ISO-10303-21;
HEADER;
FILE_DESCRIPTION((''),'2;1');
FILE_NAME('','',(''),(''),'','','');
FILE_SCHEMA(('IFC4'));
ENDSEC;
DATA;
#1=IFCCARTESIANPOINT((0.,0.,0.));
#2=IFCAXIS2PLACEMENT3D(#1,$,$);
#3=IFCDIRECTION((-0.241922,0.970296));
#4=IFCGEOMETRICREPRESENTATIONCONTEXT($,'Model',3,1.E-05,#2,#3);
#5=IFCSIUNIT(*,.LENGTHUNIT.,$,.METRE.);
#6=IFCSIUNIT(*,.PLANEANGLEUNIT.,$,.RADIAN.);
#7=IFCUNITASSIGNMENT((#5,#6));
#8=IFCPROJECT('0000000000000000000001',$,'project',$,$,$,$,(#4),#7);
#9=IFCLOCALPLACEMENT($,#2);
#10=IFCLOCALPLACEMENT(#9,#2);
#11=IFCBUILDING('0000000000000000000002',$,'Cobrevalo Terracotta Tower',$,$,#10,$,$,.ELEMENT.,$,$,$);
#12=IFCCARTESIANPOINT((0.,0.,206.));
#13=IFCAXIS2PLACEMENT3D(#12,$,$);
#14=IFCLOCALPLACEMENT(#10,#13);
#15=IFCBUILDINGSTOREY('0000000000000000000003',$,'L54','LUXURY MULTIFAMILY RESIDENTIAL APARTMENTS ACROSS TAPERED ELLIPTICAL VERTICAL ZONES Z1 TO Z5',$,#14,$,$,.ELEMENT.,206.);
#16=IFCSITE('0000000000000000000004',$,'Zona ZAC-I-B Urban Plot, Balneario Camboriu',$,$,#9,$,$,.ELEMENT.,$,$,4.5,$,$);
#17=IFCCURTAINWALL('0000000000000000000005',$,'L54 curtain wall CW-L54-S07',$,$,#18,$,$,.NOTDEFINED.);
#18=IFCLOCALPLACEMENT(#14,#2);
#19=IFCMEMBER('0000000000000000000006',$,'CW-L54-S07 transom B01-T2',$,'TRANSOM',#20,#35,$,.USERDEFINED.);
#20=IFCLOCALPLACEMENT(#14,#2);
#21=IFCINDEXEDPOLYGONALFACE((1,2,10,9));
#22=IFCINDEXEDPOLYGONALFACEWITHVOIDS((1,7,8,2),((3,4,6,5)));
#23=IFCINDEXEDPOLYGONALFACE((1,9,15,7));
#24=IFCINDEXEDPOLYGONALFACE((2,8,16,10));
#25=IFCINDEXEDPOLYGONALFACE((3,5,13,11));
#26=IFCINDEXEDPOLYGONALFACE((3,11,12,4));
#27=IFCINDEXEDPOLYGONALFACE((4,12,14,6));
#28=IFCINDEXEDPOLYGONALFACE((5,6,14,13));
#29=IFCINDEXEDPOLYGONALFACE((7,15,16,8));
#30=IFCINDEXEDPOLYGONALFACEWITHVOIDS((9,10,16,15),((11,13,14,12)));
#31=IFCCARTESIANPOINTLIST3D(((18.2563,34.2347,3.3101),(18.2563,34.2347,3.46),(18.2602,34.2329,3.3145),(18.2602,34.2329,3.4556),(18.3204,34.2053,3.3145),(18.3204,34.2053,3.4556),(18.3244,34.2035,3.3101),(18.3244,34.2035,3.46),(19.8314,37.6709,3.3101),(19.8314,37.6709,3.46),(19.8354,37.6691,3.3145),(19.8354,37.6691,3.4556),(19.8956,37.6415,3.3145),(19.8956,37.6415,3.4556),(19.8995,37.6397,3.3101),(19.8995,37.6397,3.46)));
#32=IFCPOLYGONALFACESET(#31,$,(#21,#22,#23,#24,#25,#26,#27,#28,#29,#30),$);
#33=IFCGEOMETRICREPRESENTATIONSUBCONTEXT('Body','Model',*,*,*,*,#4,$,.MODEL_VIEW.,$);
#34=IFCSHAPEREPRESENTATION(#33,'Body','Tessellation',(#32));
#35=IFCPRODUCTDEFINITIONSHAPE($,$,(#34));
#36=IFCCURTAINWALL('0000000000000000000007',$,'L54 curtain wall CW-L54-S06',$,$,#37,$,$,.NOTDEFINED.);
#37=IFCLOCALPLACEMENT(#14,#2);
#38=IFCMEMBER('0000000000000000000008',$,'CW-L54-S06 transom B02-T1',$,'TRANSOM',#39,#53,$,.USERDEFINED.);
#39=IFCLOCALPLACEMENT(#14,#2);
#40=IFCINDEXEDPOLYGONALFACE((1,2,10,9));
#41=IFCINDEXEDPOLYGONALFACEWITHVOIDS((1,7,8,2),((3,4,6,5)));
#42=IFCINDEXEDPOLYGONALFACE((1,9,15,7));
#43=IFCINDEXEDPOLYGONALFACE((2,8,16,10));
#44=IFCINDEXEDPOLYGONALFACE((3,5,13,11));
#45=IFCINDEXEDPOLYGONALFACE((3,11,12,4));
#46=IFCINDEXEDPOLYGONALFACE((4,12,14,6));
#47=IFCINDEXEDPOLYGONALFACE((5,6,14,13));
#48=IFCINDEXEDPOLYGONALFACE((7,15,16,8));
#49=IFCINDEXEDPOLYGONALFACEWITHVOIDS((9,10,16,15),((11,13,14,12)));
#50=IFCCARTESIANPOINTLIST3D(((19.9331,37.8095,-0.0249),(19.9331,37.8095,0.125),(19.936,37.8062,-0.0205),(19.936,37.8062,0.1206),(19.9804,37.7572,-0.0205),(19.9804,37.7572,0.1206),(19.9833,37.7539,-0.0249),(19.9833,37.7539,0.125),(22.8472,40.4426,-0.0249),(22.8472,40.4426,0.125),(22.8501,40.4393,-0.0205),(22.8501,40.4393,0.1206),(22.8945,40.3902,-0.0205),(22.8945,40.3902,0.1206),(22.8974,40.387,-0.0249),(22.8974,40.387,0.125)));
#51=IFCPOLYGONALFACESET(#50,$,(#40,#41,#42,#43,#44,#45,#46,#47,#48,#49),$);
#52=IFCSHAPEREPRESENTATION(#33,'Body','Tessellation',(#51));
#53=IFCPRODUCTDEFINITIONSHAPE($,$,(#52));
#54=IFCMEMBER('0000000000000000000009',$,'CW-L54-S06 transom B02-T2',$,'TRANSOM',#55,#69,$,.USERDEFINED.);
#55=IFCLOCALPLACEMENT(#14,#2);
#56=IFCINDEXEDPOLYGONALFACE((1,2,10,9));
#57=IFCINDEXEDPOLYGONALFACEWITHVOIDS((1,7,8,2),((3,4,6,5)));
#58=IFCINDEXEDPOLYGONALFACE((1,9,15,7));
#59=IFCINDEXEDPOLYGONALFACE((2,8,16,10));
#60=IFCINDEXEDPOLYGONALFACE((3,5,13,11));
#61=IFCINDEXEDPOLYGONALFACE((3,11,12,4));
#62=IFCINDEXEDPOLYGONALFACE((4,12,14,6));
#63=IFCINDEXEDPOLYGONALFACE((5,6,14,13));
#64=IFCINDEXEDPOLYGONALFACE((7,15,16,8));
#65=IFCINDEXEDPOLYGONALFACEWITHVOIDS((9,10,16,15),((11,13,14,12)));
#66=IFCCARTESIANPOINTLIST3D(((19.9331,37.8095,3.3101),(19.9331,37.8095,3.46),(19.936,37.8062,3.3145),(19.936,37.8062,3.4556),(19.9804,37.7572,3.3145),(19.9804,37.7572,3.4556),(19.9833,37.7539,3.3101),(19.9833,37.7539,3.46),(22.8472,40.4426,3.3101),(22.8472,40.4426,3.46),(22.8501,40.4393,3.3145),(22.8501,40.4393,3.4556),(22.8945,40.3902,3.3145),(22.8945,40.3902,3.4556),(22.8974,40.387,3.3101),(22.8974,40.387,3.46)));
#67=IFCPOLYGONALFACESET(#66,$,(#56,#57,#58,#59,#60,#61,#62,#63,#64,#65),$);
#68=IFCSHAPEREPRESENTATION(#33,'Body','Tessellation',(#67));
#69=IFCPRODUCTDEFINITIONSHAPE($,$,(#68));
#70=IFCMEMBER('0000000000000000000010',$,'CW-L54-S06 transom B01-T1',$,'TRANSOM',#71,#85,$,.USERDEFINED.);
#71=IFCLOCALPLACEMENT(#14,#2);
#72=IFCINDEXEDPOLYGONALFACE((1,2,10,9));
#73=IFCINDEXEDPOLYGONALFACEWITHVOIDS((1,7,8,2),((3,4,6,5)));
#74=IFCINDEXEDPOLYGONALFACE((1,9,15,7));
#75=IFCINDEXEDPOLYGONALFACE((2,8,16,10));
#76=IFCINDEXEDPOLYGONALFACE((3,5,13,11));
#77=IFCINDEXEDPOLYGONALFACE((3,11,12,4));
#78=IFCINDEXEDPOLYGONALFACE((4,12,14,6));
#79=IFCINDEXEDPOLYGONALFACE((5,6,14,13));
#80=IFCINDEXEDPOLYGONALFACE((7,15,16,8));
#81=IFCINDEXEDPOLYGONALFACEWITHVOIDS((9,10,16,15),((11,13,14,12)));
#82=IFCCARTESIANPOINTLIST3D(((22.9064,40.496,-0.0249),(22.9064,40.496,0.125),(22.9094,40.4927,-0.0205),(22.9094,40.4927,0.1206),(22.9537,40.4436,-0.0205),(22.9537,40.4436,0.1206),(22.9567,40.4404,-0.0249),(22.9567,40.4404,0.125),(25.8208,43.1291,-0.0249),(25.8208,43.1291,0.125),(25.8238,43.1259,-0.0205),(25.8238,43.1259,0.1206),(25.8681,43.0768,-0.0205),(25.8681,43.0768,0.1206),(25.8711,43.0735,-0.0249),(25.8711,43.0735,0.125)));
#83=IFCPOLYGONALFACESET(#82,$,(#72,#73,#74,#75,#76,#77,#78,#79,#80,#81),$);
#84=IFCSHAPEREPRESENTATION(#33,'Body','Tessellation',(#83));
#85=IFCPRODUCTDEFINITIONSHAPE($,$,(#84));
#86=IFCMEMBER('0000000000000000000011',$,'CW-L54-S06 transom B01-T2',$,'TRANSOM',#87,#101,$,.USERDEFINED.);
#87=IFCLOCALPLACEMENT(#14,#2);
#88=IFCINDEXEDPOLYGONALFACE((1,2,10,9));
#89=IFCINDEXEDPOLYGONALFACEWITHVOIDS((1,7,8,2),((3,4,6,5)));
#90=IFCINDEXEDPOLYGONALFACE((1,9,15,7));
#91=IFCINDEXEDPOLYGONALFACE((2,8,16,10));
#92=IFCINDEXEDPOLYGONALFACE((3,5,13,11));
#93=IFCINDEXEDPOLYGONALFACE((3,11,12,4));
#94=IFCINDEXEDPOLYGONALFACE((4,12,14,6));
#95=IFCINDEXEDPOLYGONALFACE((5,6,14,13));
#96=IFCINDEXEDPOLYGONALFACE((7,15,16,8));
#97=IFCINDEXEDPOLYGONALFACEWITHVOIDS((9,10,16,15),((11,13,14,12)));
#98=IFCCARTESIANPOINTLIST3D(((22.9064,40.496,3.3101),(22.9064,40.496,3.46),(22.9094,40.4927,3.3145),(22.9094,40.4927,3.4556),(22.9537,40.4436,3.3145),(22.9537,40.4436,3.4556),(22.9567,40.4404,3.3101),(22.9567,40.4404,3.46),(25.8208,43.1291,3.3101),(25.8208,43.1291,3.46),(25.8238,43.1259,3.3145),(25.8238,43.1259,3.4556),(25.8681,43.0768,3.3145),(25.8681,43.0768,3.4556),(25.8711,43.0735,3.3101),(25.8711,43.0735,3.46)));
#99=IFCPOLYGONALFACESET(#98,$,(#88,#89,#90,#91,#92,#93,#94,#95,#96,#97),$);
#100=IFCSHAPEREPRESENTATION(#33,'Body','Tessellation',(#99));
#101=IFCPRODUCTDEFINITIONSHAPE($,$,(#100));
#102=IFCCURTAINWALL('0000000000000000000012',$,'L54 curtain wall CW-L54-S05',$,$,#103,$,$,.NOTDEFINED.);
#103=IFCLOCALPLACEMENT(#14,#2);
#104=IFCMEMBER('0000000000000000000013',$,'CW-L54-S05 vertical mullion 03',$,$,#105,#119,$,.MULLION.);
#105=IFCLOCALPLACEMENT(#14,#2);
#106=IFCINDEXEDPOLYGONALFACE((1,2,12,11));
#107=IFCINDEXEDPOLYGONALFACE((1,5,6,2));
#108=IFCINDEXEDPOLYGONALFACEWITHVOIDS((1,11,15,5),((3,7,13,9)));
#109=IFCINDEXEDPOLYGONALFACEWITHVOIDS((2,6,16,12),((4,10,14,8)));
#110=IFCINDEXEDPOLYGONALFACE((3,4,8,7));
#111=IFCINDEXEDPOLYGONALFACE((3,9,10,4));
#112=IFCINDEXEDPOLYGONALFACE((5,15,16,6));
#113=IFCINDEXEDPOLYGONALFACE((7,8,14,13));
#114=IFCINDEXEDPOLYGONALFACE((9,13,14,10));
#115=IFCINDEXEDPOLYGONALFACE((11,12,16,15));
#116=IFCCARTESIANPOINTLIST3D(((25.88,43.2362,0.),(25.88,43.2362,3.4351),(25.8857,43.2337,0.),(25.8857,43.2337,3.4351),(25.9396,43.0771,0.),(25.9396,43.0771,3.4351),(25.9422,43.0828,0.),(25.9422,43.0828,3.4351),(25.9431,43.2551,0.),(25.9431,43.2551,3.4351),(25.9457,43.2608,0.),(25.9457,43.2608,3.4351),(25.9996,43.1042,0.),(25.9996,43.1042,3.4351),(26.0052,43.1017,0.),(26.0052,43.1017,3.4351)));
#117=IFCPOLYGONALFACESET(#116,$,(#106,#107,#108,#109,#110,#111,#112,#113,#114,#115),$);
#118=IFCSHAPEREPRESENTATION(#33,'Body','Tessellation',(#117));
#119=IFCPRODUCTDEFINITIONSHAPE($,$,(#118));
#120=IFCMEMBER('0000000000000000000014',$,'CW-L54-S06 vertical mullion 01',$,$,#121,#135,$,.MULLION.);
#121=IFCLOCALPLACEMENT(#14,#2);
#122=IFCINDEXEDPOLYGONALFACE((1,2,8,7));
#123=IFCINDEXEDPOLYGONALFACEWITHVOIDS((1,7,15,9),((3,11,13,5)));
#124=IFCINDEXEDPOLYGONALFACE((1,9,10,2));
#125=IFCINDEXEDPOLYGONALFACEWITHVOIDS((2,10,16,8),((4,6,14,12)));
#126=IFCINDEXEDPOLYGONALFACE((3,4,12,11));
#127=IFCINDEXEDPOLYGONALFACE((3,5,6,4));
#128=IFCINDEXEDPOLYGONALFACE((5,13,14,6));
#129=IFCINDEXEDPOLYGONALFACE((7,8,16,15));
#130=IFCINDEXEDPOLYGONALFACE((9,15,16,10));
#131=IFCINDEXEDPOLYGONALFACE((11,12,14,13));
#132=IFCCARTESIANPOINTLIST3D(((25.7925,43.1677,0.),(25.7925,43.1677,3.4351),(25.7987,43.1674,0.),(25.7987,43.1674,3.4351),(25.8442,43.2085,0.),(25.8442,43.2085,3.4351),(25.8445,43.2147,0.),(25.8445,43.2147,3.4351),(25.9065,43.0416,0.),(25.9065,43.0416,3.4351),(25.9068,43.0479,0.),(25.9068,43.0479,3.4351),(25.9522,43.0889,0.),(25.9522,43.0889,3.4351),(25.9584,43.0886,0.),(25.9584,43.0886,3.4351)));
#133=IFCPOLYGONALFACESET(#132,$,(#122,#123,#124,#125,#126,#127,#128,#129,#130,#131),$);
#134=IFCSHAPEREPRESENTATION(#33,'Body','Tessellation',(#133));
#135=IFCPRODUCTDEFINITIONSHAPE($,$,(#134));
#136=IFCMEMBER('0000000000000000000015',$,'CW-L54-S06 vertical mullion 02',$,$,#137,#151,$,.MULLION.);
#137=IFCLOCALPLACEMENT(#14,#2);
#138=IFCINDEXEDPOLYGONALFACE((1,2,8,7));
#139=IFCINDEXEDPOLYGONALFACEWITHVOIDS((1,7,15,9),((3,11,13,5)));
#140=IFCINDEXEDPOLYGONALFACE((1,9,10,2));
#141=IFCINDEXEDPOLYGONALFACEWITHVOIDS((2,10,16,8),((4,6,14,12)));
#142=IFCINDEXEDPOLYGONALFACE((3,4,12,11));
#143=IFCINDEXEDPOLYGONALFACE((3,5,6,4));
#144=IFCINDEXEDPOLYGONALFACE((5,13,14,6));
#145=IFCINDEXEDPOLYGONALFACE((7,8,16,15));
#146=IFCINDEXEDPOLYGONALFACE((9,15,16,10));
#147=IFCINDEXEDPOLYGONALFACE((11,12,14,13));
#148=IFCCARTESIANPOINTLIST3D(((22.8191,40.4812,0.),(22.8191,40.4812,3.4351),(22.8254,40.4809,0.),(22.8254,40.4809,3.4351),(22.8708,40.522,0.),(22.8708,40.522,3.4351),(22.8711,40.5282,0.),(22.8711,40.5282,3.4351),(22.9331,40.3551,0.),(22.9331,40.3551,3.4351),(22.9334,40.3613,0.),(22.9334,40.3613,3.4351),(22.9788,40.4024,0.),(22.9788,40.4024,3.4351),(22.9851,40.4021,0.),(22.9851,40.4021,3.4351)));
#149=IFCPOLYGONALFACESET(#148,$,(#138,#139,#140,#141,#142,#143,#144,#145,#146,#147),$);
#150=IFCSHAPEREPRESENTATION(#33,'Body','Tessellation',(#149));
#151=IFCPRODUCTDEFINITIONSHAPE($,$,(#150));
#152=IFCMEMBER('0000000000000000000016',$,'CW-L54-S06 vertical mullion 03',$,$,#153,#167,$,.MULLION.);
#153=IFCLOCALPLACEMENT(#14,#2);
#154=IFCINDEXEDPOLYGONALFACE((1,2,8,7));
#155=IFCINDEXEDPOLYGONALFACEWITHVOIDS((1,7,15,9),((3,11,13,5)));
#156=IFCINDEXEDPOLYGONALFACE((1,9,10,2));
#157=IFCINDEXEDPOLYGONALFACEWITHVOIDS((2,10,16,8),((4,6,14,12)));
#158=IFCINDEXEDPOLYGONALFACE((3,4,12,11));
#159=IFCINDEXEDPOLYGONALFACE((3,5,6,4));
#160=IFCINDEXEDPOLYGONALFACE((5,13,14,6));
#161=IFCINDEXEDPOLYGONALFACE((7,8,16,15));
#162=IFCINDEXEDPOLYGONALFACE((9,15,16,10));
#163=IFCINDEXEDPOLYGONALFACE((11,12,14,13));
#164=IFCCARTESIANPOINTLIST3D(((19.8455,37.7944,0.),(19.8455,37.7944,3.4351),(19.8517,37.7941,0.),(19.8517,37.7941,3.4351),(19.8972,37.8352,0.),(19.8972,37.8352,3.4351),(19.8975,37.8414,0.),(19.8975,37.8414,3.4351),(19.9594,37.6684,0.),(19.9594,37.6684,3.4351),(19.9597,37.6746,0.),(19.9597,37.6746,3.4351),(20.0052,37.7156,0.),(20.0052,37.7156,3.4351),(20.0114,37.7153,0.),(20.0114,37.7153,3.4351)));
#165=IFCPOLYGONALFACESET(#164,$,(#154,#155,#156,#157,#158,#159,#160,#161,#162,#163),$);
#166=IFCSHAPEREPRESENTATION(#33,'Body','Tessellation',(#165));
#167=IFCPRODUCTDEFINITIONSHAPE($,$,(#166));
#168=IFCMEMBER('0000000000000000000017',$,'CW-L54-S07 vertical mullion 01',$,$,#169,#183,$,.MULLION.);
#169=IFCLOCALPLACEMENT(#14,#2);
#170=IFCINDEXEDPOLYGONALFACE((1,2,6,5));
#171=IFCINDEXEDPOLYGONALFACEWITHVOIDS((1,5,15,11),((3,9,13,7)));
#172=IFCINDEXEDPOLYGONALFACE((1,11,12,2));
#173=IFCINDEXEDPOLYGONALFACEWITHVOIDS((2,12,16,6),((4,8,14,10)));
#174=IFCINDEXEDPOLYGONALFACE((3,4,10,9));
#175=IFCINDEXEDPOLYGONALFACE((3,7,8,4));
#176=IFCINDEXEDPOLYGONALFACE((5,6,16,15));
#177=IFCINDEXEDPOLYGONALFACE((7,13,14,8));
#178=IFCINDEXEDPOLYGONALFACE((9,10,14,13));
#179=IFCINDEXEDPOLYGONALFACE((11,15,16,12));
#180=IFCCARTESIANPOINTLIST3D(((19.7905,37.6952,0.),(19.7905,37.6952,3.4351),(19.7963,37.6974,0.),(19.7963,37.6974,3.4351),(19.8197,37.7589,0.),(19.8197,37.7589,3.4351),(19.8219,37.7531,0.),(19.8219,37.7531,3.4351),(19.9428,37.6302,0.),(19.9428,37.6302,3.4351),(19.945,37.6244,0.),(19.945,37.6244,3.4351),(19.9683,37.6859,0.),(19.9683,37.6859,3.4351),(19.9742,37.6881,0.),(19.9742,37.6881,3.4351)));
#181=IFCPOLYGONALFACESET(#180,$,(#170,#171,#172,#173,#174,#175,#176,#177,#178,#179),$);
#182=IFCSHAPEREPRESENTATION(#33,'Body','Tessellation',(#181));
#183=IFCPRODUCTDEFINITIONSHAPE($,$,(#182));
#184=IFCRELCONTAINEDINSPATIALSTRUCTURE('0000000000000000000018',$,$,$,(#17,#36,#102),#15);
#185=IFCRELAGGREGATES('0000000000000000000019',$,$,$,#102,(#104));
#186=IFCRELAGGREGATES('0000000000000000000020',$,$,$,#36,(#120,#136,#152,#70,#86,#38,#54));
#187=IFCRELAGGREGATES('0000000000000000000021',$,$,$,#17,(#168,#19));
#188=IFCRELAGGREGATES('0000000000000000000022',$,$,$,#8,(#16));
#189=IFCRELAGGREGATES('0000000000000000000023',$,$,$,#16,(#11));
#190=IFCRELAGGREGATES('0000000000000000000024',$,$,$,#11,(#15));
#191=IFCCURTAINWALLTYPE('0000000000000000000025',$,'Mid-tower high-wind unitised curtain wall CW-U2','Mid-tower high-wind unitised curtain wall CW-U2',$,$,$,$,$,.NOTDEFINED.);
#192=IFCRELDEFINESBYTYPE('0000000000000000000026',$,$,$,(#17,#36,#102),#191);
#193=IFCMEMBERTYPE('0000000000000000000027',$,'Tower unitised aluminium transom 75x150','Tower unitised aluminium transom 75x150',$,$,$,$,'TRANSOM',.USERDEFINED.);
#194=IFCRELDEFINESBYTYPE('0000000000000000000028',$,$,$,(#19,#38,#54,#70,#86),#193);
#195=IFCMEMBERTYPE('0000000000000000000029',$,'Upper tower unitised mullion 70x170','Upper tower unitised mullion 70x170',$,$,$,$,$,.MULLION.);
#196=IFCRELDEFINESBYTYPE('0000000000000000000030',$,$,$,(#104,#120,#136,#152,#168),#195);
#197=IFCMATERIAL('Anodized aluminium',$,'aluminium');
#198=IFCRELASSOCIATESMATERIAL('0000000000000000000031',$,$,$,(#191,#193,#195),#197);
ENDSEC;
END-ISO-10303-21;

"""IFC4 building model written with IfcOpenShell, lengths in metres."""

from ifc_helpers import new_model, si_unit, direction, frame, origin, origin_2d, place, context, subcontext, project, spatial, hollow_rectangle, extrude, source, transform, mapped, material, material_profile, profile_set, type_object, element, aggregate, save


model = new_model("IFC4")

# Units and contexts
model_context = context("Model", 3, precision=1e-05, world=origin(), true_north=direction((-0.241922, 0.970296)))
body_context = subcontext(model_context, "Body", "Model", "MODEL_VIEW")
ifc_project = project(units=[si_unit("LENGTHUNIT", "METRE"), si_unit("PLANEANGLEUNIT", "RADIAN")], contexts=[model_context])

# Site, building, storey
site_placement = place(None, origin())
site = spatial("IfcSite", under=ifc_project, at=site_placement, Name="Zona ZAC-I-B Urban Plot, Balneario Camboriu", CompositionType="ELEMENT", RefElevation=4.5)
building_placement = place(site_placement, origin())
building = spatial("IfcBuilding", under=site, at=building_placement, Name="Cobrevalo Terracotta Tower", CompositionType="ELEMENT")
storey_placement = place(building_placement, frame((0.0, 0.0, 206.0)))
storey = spatial("IfcBuildingStorey", under=building, at=storey_placement, Name="L54", Description="LUXURY MULTIFAMILY RESIDENTIAL APARTMENTS ACROSS TAPERED ELLIPTICAL VERTICAL ZONES Z1 TO Z5", CompositionType="ELEMENT", Elevation=206.0)

# Curtain walls, members
ifc_material_1 = material(Name="Anodized aluminium", Category="aluminium")
curtain_wall_type = type_object("IfcCurtainWallType", Name="Mid-tower high-wind unitised curtain wall CW-U2", Description="Mid-tower high-wind unitised curtain wall CW-U2", PredefinedType="NOTDEFINED", material=ifc_material_1)
curtain_wall_1_placement = place(storey_placement, origin())
curtain_wall_1 = element("IfcCurtainWall", 1, at=curtain_wall_1_placement, inside=storey, type_object=curtain_wall_type, Name="L54 curtain wall CW-L54-S07", PredefinedType="NOTDEFINED")
ifc_material_profile_1 = material_profile(ifc_material_1, hollow_rectangle(XDim=0.075, YDim=0.1499, WallThickness=0.0044, at=origin_2d()), Name="CWT 75x150")
ifc_profile_set_1 = profile_set([ifc_material_profile_1], Name="Anodized aluminium")
member_type_1 = type_object("IfcMemberType", Name="Tower unitised aluminium transom 75x150", Description="Tower unitised aluminium transom 75x150", ElementType="TRANSOM", PredefinedType="USERDEFINED", material=ifc_profile_set_1)
shared_shape_1 = source(origin(), body_context, "Body", "SweptSolid", [
    extrude(hollow_rectangle(XDim=0.075, YDim=0.1499, WallThickness=0.0044, at=origin_2d()), origin(), (0.0, 0.0, 1.0), 3.78),
])
member_1_placement = place(storey_placement, frame((19.8655, 37.6553, 3.385), z_axis=(-0.416706, -0.909041, 0.0), x_axis=(0.909041, -0.416706, 0.0)))
member_1 = element("IfcMember", 2, at=member_1_placement, type_object=member_type_1, Name="CW-L54-S07 transom B01-T2", ObjectType="TRANSOM", PredefinedType="USERDEFINED", context=body_context, shape_type="MappedRepresentation", body=[
    mapped(shared_shape_1, transform((0.0, 0.0, 0.0), scale=1.0)),
])
curtain_wall_2_placement = place(storey_placement, origin())
curtain_wall_2 = element("IfcCurtainWall", 3, at=curtain_wall_2_placement, inside=storey, type_object=curtain_wall_type, Name="L54 curtain wall CW-L54-S06", PredefinedType="NOTDEFINED")
shared_shape_2 = source(origin(), body_context, "Body", "SweptSolid", [
    extrude(hollow_rectangle(XDim=0.075, YDim=0.1499, WallThickness=0.0044, at=origin_2d()), origin(), (0.0, 0.0, 1.0), 3.9275),
])
member_2_placement = place(storey_placement, frame((22.8723, 40.4148, 0.05), z_axis=(-0.741976, -0.670426, 0.0), x_axis=(0.670426, -0.741976, 0.0)))
member_2 = element("IfcMember", 4, at=member_2_placement, type_object=member_type_1, Name="CW-L54-S06 transom B02-T1", ObjectType="TRANSOM", PredefinedType="USERDEFINED", context=body_context, shape_type="MappedRepresentation", body=[
    mapped(shared_shape_2, transform((0.0, 0.0, 0.0), scale=1.0)),
])
member_3_placement = place(storey_placement, frame((22.8723, 40.4148, 3.385), z_axis=(-0.741976, -0.670426, 0.0), x_axis=(0.670426, -0.741976, 0.0)))
member_3 = element("IfcMember", 5, at=member_3_placement, type_object=member_type_1, Name="CW-L54-S06 transom B02-T2", ObjectType="TRANSOM", PredefinedType="USERDEFINED", context=body_context, shape_type="MappedRepresentation", body=[
    mapped(shared_shape_2, transform((0.0, 0.0, 0.0), scale=1.0)),
])
shared_shape_3 = source(origin(), body_context, "Body", "SweptSolid", [
    extrude(hollow_rectangle(XDim=0.075, YDim=0.1499, WallThickness=0.0044, at=origin_2d()), origin(), (0.0, 0.0, 1.0), 3.9277),
])
member_4_placement = place(storey_placement, frame((25.8459, 43.1013, 0.05), z_axis=(-0.742004, -0.670396, 0.0), x_axis=(0.670396, -0.742004, 0.0)))
member_4 = element("IfcMember", 6, at=member_4_placement, type_object=member_type_1, Name="CW-L54-S06 transom B01-T1", ObjectType="TRANSOM", PredefinedType="USERDEFINED", context=body_context, shape_type="MappedRepresentation", body=[
    mapped(shared_shape_3, transform((0.0, 0.0, 0.0), scale=1.0)),
])
member_5_placement = place(storey_placement, frame((25.8459, 43.1013, 3.385), z_axis=(-0.742004, -0.670396, 0.0), x_axis=(0.670396, -0.742004, 0.0)))
member_5 = element("IfcMember", 7, at=member_5_placement, type_object=member_type_1, Name="CW-L54-S06 transom B01-T2", ObjectType="TRANSOM", PredefinedType="USERDEFINED", context=body_context, shape_type="MappedRepresentation", body=[
    mapped(shared_shape_3, transform((0.0, 0.0, 0.0), scale=1.0)),
])

# Curtain wall, member
curtain_wall_3_placement = place(storey_placement, origin())
curtain_wall_3 = element("IfcCurtainWall", 8, at=curtain_wall_3_placement, inside=storey, type_object=curtain_wall_type, Name="L54 curtain wall CW-L54-S05", PredefinedType="NOTDEFINED")
ifc_material_profile_2 = material_profile(ifc_material_1, hollow_rectangle(XDim=0.0701, YDim=0.1699, WallThickness=0.0044, at=origin_2d()), Name="CWM 70x170")
ifc_profile_set_2 = profile_set([ifc_material_profile_2], Name="Anodized aluminium")
member_type_2 = type_object("IfcMemberType", Name="Upper tower unitised mullion 70x170", Description="Upper tower unitised mullion 70x170", PredefinedType="MULLION", material=ifc_profile_set_2)
shared_shape_4 = source(origin(), body_context, "Body", "SweptSolid", [
    extrude(hollow_rectangle(XDim=0.0701, YDim=0.1699, WallThickness=0.0044, at=origin_2d()), origin(), (0.0, 0.0, 1.0), 3.4351),
])
member_6_placement = place(storey_placement, frame((25.9426, 43.1689, 0.0), z_axis=(0.0, 0.0, 1.0), x_axis=(-0.936556, -0.350518, 0.0)))
member_6 = element("IfcMember", 9, at=member_6_placement, type_object=member_type_2, Name="CW-L54-S05 vertical mullion 03", PredefinedType="MULLION", context=body_context, shape_type="MappedRepresentation", body=[
    mapped(shared_shape_4, transform((0.0, 0.0, 0.0), scale=1.0)),
])
aggregate(curtain_wall_3, [member_6])

# Members
member_7_placement = place(storey_placement, frame((25.8755, 43.1282, 0.0), z_axis=(0.0, 0.0, 1.0), x_axis=(-0.741988, -0.670414, 0.0)))
member_7 = element("IfcMember", 10, at=member_7_placement, type_object=member_type_2, Name="CW-L54-S06 vertical mullion 01", PredefinedType="MULLION", context=body_context, shape_type="MappedRepresentation", body=[
    mapped(shared_shape_4, transform((0.0, 0.0, 0.0), scale=1.0)),
])
member_8_placement = place(storey_placement, frame((22.9021, 40.4417, 0.0), z_axis=(0.0, 0.0, 1.0), x_axis=(-0.741988, -0.670414, 0.0)))
member_8 = element("IfcMember", 11, at=member_8_placement, type_object=member_type_2, Name="CW-L54-S06 vertical mullion 02", PredefinedType="MULLION", context=body_context, shape_type="MappedRepresentation", body=[
    mapped(shared_shape_4, transform((0.0, 0.0, 0.0), scale=1.0)),
])
member_9_placement = place(storey_placement, frame((19.9285, 37.7549, 0.0), z_axis=(0.0, 0.0, 1.0), x_axis=(-0.741988, -0.670414, 0.0)))
member_9 = element("IfcMember", 12, at=member_9_placement, type_object=member_type_2, Name="CW-L54-S06 vertical mullion 03", PredefinedType="MULLION", context=body_context, shape_type="MappedRepresentation", body=[
    mapped(shared_shape_4, transform((0.0, 0.0, 0.0), scale=1.0)),
])
member_10_placement = place(storey_placement, frame((19.8823, 37.6917, 0.0), z_axis=(0.0, 0.0, 1.0), x_axis=(-0.416725, -0.909033, 0.0)))
member_10 = element("IfcMember", 13, at=member_10_placement, type_object=member_type_2, Name="CW-L54-S07 vertical mullion 01", PredefinedType="MULLION", context=body_context, shape_type="MappedRepresentation", body=[
    mapped(shared_shape_4, transform((0.0, 0.0, 0.0), scale=1.0)),
])

aggregate(curtain_wall_2, [member_7, member_8, member_9, member_4, member_5, member_2, member_3])
aggregate(curtain_wall_1, [member_10, member_1])

save(model, "model.ifc")
